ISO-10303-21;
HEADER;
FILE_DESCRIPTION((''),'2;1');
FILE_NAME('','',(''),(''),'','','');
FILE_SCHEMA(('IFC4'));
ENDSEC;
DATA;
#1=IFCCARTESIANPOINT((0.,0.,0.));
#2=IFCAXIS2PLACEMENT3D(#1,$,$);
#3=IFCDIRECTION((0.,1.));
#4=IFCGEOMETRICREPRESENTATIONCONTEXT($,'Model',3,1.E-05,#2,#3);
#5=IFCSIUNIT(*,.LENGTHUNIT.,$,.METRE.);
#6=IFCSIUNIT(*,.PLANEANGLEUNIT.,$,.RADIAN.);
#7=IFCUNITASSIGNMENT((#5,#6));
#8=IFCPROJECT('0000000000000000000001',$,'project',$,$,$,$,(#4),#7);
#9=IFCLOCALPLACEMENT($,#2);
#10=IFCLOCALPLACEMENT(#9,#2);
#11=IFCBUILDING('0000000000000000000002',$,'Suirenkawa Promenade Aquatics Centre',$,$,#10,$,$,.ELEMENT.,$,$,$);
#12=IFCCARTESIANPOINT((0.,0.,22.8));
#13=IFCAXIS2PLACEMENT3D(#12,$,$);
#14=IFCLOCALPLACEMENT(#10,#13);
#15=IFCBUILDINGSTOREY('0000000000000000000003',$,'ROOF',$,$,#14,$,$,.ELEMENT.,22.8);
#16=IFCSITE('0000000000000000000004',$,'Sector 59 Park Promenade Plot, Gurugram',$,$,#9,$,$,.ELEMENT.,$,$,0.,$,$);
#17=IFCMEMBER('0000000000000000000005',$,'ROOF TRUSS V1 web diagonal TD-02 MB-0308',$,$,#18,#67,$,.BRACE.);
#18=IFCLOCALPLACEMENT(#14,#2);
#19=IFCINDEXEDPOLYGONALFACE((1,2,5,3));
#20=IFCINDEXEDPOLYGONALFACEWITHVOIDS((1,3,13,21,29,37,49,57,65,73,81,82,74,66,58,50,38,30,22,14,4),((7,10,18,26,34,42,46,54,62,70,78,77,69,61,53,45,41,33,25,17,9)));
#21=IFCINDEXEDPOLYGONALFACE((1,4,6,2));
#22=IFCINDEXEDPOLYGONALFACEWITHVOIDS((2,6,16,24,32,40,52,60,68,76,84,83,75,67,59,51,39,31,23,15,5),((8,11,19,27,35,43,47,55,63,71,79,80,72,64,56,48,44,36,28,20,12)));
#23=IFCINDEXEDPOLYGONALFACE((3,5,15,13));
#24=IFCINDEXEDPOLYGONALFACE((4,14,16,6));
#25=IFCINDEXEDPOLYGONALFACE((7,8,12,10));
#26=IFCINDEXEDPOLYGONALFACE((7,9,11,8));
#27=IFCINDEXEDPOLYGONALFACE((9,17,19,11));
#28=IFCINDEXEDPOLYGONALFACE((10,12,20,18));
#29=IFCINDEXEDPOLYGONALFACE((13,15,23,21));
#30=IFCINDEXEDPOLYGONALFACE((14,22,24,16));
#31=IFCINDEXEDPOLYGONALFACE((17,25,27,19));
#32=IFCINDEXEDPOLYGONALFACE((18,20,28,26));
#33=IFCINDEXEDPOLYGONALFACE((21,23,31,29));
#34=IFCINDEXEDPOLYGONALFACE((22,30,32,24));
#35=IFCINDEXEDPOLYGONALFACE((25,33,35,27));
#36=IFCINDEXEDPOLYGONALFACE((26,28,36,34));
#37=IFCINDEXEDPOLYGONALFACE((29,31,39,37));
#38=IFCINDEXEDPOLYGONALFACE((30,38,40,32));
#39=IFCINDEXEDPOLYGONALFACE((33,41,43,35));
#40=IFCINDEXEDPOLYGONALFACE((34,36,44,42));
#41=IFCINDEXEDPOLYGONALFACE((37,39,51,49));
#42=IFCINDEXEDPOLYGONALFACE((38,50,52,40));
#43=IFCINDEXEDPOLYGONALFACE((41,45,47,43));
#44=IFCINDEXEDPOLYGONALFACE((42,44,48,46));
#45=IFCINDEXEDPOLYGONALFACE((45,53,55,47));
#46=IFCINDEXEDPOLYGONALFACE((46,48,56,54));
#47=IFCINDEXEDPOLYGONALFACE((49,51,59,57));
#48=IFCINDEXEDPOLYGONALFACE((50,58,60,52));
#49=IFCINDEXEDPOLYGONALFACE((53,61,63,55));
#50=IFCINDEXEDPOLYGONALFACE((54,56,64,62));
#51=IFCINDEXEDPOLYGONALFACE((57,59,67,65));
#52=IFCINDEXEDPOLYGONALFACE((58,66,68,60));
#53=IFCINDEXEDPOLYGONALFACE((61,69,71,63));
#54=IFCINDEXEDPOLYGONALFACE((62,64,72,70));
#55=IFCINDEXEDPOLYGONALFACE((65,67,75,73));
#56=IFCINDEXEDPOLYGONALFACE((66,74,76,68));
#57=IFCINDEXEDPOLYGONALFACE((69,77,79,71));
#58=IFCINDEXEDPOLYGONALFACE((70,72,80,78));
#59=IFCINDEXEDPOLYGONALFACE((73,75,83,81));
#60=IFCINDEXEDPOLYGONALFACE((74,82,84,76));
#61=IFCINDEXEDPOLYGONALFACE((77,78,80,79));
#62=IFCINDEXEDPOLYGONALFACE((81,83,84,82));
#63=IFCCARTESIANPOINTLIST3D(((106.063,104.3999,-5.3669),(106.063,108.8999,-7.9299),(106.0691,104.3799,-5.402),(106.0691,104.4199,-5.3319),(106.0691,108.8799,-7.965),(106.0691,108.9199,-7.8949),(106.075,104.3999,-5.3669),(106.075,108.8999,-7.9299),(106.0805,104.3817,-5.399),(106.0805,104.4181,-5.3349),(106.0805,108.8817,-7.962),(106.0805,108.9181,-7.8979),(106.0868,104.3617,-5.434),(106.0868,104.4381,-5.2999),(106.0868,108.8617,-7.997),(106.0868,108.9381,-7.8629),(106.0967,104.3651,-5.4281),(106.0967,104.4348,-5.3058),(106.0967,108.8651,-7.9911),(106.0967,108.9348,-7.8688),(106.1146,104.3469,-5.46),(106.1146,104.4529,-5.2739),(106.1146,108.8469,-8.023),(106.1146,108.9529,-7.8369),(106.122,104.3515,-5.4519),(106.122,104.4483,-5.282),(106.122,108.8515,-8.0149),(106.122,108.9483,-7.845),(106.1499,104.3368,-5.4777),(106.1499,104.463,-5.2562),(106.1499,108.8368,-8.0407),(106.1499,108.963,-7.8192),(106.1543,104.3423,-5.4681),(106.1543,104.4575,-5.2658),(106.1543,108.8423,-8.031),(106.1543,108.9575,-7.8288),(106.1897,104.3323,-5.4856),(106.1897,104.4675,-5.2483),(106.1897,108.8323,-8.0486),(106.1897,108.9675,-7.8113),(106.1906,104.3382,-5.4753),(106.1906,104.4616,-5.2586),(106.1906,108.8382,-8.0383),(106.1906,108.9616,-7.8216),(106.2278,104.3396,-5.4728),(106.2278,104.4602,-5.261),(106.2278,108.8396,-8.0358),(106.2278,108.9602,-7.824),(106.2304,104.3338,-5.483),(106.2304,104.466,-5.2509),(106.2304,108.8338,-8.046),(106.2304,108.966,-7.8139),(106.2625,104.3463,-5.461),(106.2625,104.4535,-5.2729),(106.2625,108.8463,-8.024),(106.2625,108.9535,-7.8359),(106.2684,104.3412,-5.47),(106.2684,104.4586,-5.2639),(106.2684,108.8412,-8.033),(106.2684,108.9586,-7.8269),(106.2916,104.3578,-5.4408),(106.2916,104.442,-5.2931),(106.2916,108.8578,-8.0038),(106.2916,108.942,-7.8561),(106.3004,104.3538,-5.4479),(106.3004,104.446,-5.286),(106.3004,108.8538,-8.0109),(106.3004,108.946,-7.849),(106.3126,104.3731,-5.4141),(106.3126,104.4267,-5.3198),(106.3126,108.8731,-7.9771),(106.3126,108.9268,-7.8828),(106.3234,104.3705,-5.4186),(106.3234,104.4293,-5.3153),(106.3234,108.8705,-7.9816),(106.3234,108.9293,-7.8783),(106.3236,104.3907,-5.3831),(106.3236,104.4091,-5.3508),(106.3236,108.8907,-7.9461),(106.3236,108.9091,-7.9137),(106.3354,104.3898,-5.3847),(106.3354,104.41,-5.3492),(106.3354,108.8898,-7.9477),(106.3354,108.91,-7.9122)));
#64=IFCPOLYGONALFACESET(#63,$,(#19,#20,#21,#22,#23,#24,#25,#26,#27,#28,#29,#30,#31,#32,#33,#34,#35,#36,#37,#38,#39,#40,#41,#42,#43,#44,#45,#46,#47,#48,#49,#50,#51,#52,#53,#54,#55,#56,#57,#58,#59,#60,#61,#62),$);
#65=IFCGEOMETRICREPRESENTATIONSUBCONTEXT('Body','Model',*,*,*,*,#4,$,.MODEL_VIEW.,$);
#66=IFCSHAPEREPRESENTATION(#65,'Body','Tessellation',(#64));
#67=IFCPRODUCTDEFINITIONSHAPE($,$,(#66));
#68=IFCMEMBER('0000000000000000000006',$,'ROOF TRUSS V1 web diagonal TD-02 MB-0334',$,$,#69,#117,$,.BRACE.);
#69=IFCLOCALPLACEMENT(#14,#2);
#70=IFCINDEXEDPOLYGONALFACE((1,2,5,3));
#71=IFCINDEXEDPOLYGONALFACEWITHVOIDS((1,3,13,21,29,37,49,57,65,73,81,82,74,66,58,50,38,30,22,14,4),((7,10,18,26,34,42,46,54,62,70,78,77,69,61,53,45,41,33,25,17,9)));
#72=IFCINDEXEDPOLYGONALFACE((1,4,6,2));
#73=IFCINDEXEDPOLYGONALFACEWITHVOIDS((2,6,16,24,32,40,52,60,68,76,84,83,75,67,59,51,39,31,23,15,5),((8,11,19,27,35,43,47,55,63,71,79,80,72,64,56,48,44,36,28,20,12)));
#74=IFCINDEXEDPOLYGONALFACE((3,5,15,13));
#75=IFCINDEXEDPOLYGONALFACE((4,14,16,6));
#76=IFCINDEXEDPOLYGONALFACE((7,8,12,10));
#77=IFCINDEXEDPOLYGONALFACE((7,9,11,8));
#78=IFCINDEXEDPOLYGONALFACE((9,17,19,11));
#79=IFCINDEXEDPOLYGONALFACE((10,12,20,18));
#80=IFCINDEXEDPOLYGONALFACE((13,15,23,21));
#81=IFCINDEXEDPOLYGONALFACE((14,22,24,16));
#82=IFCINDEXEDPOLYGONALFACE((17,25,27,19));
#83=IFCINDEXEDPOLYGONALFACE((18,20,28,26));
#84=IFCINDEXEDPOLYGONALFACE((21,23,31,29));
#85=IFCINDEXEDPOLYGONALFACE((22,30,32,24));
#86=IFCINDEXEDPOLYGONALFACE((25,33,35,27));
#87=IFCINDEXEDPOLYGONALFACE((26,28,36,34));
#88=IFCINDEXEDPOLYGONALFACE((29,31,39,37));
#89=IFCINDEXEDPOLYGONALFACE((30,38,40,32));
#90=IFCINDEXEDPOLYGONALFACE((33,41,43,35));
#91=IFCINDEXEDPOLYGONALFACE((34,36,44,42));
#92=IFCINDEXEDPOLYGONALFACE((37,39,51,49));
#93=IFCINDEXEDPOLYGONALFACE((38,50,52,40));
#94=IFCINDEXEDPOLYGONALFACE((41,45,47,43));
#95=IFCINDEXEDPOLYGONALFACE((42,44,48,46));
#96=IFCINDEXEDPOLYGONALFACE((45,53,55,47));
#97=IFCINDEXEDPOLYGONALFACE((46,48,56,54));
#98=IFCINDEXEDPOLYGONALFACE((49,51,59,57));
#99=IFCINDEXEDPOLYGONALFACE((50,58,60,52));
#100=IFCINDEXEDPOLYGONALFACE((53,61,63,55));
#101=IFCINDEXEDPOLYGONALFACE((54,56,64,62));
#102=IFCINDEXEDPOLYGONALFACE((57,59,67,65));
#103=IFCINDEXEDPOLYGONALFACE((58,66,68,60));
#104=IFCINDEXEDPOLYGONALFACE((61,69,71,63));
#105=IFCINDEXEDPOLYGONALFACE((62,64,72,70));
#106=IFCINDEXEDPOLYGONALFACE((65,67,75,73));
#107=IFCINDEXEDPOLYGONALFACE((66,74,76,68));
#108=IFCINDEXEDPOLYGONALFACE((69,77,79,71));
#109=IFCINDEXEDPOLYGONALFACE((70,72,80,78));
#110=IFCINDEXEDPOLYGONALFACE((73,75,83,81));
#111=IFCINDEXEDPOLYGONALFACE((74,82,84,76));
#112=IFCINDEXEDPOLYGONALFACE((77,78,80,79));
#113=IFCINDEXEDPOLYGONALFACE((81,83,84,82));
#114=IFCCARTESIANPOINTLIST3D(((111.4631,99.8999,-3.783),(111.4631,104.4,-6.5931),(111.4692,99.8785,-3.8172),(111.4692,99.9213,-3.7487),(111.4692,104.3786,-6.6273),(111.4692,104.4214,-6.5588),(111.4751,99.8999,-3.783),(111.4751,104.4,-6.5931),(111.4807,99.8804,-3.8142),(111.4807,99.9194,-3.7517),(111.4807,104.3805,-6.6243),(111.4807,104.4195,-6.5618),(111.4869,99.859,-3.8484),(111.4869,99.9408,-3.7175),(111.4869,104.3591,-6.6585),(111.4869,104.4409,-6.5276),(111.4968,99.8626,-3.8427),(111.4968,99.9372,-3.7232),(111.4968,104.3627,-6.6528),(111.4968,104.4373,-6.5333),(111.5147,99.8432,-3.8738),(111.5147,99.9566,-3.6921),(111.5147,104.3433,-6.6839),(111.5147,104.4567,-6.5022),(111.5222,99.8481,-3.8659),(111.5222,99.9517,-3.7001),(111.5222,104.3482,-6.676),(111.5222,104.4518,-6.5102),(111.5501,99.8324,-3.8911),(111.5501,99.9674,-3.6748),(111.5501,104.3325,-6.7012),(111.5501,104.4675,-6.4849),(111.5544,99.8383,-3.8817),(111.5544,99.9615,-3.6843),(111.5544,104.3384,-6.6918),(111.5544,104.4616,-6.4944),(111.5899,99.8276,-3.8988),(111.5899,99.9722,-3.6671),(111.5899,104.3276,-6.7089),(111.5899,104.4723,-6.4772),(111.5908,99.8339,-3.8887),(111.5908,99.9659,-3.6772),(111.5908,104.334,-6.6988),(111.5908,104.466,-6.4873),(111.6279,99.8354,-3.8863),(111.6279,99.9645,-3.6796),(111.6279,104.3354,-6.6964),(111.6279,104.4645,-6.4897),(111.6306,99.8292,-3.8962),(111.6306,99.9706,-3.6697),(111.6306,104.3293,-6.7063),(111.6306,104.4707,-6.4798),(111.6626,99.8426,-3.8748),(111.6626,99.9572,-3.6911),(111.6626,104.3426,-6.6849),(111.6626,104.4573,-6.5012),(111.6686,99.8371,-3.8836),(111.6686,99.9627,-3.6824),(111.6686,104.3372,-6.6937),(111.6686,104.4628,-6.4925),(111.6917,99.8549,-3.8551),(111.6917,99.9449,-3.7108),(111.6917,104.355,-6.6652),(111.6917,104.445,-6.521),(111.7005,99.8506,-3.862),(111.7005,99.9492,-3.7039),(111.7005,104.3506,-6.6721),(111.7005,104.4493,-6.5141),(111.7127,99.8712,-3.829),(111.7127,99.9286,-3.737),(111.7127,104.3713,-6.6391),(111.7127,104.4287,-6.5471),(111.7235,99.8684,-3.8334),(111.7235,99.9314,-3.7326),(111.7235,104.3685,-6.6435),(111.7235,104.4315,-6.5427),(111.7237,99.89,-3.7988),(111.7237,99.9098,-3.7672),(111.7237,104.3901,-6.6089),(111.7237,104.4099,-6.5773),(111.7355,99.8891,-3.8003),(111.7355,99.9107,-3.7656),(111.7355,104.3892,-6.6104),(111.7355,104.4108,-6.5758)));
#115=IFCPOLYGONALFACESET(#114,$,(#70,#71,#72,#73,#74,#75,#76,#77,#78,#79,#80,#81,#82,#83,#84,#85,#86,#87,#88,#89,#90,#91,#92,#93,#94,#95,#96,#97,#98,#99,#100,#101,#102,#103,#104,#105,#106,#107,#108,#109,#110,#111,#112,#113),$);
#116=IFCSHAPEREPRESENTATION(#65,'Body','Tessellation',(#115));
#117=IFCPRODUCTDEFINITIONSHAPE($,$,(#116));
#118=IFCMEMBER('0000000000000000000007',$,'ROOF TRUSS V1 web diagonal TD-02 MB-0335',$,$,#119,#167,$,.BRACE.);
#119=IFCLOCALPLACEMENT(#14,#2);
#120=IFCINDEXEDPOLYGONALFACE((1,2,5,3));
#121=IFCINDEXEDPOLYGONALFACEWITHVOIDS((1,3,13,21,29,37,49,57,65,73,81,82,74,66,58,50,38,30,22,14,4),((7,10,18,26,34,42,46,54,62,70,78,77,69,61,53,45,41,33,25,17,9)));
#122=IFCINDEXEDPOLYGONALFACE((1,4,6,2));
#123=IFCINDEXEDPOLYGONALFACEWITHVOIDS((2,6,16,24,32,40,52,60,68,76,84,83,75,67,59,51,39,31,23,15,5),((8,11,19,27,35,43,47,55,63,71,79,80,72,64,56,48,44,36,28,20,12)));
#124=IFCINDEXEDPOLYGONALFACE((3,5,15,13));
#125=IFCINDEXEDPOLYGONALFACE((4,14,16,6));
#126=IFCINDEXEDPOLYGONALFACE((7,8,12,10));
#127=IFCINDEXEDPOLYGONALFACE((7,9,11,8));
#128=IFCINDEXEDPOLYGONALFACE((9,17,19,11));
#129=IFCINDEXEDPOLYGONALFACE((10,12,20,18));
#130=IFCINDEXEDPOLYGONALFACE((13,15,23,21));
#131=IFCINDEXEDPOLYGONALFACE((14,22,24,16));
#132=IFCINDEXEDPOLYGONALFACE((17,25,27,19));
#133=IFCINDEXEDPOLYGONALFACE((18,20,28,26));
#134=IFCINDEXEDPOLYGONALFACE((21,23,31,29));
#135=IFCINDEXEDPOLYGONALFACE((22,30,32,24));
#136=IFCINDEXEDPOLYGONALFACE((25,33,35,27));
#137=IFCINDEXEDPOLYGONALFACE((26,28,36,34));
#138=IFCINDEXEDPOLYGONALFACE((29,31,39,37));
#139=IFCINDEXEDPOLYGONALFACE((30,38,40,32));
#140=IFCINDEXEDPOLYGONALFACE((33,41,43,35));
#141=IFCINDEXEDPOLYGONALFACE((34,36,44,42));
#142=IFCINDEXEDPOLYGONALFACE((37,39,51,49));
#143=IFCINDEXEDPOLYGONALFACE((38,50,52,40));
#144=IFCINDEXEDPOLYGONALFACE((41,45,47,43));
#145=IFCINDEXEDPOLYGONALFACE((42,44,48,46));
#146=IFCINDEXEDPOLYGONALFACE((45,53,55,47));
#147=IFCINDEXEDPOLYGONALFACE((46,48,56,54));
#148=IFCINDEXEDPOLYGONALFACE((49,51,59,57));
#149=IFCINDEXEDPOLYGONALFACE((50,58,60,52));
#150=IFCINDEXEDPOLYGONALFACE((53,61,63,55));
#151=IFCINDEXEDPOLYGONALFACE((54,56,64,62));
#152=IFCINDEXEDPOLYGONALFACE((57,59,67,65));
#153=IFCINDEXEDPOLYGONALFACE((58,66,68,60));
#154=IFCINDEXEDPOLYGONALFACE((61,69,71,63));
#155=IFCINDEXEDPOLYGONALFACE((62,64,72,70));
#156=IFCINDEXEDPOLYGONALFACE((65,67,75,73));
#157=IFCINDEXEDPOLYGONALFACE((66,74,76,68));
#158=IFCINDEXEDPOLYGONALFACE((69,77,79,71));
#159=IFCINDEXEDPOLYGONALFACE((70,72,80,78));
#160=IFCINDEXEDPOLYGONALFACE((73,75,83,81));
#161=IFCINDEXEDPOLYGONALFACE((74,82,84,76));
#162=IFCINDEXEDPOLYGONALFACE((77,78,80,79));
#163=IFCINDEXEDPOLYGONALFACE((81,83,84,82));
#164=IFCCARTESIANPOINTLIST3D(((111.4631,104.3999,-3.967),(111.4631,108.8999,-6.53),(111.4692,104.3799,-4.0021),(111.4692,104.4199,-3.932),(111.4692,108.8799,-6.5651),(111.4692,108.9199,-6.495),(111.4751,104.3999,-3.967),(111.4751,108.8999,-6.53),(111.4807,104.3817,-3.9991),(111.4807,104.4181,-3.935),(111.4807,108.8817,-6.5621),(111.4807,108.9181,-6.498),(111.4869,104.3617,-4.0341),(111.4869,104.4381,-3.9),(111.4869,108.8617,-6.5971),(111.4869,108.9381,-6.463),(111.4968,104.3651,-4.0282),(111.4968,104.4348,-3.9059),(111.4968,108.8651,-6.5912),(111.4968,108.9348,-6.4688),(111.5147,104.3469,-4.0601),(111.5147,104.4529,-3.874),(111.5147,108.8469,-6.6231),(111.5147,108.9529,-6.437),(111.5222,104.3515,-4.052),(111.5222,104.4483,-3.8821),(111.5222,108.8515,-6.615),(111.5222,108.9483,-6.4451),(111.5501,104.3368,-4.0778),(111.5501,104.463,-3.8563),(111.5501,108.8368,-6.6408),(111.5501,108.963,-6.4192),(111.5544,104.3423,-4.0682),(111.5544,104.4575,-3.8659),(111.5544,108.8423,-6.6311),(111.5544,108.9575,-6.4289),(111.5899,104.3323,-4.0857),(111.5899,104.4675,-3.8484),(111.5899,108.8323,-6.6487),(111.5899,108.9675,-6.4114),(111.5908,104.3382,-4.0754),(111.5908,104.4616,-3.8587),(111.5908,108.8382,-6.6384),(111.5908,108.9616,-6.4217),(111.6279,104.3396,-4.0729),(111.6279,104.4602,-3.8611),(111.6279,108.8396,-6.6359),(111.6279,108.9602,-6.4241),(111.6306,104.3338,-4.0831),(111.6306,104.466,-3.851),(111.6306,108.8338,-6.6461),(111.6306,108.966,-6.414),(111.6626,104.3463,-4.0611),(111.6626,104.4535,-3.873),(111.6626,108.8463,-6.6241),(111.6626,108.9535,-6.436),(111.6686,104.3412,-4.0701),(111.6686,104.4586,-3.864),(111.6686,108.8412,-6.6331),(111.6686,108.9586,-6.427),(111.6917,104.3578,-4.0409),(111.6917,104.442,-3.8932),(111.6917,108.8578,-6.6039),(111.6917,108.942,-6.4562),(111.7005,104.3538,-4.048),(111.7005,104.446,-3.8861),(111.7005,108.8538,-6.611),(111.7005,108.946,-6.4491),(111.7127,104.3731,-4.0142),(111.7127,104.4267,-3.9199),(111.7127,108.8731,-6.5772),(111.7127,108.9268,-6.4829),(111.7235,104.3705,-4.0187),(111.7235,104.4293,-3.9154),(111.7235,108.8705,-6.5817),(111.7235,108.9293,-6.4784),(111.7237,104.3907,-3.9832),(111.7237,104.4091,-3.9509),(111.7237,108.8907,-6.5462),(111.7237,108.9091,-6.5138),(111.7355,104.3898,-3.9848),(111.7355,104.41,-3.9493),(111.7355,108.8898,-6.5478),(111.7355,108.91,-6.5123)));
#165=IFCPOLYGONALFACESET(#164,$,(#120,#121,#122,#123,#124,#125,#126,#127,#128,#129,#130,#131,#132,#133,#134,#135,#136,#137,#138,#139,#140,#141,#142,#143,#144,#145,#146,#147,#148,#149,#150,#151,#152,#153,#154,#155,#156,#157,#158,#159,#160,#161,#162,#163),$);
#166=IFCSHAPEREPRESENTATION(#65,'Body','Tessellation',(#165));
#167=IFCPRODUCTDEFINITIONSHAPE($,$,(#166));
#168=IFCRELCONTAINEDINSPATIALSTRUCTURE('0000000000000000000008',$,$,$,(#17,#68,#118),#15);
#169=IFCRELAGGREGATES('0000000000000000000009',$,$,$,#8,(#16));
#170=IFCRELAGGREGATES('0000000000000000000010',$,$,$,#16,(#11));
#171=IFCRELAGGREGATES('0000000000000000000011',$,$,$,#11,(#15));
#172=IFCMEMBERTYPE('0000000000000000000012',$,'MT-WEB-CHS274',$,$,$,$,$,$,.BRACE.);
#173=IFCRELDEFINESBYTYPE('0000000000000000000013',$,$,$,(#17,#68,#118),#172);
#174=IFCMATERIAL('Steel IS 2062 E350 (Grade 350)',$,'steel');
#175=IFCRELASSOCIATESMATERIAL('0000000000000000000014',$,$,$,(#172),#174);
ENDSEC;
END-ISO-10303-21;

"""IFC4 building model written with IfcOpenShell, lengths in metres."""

from ifc_helpers import new_model, si_unit, direction, frame, origin, origin_2d, place, context, subcontext, project, spatial, hollow_circle, extrude, material, material_profile, profile_set, type_object, element, save


model = new_model("IFC4")

# Units and contexts
model_context = context("Model", 3, precision=1e-05, world=origin(), true_north=direction((0.0, 1.0)))
body_context = subcontext(model_context, "Body", "Model", "MODEL_VIEW")
ifc_project = project(units=[si_unit("LENGTHUNIT", "METRE"), si_unit("PLANEANGLEUNIT", "RADIAN")], contexts=[model_context])

# Site, building, storey
site_placement = place(None, origin())
site = spatial("IfcSite", under=ifc_project, at=site_placement, Name="Sector 59 Park Promenade Plot, Gurugram", CompositionType="ELEMENT", RefElevation=0.0)
building_placement = place(site_placement, origin())
building = spatial("IfcBuilding", under=site, at=building_placement, Name="Suirenkawa Promenade Aquatics Centre", CompositionType="ELEMENT")
storey_placement = place(building_placement, frame((0.0, 0.0, 22.8)))
storey = spatial("IfcBuildingStorey", under=building, at=storey_placement, Name="ROOF", CompositionType="ELEMENT", Elevation=22.8)

# Shared definitions
ifc_material = material(Name="Steel IS 2062 E350 (Grade 350)", Category="steel")

# Members
ifc_material_profile_1 = material_profile(ifc_material, hollow_circle(Radius=0.137, WallThickness=0.012, at=origin_2d()), Name="CHS 274x12", Category="steel")
ifc_profile_set_1 = profile_set([ifc_material_profile_1], Name="Steel IS 2062 E350 (Grade 350)")
member_type_1 = type_object("IfcMemberType", Name="MT-WEB-CHS274", PredefinedType="BRACE", material=ifc_profile_set_1)
member_1_placement = place(storey_placement, frame((106.2, 104.3999, -5.3669), z_axis=(0.0, 0.868944, -0.49491), x_axis=(-1.0, 0.0, 0.0)))
element("IfcMember", 1, at=member_1_placement, inside=storey, type_object=member_type_1, Name="ROOF TRUSS V1 web diagonal TD-02 MB-0308", PredefinedType="BRACE", context=body_context, shape_type="SweptSolid", body=[
    extrude(hollow_circle(Radius=0.137, WallThickness=0.012, at=origin_2d()), origin(), (0.0, 0.0, 1.0), 5.1787),
])
member_2_placement = place(storey_placement, frame((111.6001, 99.8999, -3.783), z_axis=(0.0, 0.848205, -0.529668), x_axis=(-1.0, 0.0, 0.0)))
element("IfcMember", 2, at=member_2_placement, inside=storey, type_object=member_type_1, Name="ROOF TRUSS V1 web diagonal TD-02 MB-0334", PredefinedType="BRACE", context=body_context, shape_type="SweptSolid", body=[
    extrude(hollow_circle(Radius=0.137, WallThickness=0.012, at=origin_2d()), origin(), (0.0, 0.0, 1.0), 5.3054),
])
member_3_placement = place(storey_placement, frame((111.6001, 104.3999, -3.967), z_axis=(0.0, 0.868944, -0.49491), x_axis=(-1.0, 0.0, 0.0)))
element("IfcMember", 3, at=member_3_placement, inside=storey, type_object=member_type_1, Name="ROOF TRUSS V1 web diagonal TD-02 MB-0335", PredefinedType="BRACE", context=body_context, shape_type="SweptSolid", body=[
    extrude(hollow_circle(Radius=0.137, WallThickness=0.012, at=origin_2d()), origin(), (0.0, 0.0, 1.0), 5.1787),
])

save(model, "model.ifc")
